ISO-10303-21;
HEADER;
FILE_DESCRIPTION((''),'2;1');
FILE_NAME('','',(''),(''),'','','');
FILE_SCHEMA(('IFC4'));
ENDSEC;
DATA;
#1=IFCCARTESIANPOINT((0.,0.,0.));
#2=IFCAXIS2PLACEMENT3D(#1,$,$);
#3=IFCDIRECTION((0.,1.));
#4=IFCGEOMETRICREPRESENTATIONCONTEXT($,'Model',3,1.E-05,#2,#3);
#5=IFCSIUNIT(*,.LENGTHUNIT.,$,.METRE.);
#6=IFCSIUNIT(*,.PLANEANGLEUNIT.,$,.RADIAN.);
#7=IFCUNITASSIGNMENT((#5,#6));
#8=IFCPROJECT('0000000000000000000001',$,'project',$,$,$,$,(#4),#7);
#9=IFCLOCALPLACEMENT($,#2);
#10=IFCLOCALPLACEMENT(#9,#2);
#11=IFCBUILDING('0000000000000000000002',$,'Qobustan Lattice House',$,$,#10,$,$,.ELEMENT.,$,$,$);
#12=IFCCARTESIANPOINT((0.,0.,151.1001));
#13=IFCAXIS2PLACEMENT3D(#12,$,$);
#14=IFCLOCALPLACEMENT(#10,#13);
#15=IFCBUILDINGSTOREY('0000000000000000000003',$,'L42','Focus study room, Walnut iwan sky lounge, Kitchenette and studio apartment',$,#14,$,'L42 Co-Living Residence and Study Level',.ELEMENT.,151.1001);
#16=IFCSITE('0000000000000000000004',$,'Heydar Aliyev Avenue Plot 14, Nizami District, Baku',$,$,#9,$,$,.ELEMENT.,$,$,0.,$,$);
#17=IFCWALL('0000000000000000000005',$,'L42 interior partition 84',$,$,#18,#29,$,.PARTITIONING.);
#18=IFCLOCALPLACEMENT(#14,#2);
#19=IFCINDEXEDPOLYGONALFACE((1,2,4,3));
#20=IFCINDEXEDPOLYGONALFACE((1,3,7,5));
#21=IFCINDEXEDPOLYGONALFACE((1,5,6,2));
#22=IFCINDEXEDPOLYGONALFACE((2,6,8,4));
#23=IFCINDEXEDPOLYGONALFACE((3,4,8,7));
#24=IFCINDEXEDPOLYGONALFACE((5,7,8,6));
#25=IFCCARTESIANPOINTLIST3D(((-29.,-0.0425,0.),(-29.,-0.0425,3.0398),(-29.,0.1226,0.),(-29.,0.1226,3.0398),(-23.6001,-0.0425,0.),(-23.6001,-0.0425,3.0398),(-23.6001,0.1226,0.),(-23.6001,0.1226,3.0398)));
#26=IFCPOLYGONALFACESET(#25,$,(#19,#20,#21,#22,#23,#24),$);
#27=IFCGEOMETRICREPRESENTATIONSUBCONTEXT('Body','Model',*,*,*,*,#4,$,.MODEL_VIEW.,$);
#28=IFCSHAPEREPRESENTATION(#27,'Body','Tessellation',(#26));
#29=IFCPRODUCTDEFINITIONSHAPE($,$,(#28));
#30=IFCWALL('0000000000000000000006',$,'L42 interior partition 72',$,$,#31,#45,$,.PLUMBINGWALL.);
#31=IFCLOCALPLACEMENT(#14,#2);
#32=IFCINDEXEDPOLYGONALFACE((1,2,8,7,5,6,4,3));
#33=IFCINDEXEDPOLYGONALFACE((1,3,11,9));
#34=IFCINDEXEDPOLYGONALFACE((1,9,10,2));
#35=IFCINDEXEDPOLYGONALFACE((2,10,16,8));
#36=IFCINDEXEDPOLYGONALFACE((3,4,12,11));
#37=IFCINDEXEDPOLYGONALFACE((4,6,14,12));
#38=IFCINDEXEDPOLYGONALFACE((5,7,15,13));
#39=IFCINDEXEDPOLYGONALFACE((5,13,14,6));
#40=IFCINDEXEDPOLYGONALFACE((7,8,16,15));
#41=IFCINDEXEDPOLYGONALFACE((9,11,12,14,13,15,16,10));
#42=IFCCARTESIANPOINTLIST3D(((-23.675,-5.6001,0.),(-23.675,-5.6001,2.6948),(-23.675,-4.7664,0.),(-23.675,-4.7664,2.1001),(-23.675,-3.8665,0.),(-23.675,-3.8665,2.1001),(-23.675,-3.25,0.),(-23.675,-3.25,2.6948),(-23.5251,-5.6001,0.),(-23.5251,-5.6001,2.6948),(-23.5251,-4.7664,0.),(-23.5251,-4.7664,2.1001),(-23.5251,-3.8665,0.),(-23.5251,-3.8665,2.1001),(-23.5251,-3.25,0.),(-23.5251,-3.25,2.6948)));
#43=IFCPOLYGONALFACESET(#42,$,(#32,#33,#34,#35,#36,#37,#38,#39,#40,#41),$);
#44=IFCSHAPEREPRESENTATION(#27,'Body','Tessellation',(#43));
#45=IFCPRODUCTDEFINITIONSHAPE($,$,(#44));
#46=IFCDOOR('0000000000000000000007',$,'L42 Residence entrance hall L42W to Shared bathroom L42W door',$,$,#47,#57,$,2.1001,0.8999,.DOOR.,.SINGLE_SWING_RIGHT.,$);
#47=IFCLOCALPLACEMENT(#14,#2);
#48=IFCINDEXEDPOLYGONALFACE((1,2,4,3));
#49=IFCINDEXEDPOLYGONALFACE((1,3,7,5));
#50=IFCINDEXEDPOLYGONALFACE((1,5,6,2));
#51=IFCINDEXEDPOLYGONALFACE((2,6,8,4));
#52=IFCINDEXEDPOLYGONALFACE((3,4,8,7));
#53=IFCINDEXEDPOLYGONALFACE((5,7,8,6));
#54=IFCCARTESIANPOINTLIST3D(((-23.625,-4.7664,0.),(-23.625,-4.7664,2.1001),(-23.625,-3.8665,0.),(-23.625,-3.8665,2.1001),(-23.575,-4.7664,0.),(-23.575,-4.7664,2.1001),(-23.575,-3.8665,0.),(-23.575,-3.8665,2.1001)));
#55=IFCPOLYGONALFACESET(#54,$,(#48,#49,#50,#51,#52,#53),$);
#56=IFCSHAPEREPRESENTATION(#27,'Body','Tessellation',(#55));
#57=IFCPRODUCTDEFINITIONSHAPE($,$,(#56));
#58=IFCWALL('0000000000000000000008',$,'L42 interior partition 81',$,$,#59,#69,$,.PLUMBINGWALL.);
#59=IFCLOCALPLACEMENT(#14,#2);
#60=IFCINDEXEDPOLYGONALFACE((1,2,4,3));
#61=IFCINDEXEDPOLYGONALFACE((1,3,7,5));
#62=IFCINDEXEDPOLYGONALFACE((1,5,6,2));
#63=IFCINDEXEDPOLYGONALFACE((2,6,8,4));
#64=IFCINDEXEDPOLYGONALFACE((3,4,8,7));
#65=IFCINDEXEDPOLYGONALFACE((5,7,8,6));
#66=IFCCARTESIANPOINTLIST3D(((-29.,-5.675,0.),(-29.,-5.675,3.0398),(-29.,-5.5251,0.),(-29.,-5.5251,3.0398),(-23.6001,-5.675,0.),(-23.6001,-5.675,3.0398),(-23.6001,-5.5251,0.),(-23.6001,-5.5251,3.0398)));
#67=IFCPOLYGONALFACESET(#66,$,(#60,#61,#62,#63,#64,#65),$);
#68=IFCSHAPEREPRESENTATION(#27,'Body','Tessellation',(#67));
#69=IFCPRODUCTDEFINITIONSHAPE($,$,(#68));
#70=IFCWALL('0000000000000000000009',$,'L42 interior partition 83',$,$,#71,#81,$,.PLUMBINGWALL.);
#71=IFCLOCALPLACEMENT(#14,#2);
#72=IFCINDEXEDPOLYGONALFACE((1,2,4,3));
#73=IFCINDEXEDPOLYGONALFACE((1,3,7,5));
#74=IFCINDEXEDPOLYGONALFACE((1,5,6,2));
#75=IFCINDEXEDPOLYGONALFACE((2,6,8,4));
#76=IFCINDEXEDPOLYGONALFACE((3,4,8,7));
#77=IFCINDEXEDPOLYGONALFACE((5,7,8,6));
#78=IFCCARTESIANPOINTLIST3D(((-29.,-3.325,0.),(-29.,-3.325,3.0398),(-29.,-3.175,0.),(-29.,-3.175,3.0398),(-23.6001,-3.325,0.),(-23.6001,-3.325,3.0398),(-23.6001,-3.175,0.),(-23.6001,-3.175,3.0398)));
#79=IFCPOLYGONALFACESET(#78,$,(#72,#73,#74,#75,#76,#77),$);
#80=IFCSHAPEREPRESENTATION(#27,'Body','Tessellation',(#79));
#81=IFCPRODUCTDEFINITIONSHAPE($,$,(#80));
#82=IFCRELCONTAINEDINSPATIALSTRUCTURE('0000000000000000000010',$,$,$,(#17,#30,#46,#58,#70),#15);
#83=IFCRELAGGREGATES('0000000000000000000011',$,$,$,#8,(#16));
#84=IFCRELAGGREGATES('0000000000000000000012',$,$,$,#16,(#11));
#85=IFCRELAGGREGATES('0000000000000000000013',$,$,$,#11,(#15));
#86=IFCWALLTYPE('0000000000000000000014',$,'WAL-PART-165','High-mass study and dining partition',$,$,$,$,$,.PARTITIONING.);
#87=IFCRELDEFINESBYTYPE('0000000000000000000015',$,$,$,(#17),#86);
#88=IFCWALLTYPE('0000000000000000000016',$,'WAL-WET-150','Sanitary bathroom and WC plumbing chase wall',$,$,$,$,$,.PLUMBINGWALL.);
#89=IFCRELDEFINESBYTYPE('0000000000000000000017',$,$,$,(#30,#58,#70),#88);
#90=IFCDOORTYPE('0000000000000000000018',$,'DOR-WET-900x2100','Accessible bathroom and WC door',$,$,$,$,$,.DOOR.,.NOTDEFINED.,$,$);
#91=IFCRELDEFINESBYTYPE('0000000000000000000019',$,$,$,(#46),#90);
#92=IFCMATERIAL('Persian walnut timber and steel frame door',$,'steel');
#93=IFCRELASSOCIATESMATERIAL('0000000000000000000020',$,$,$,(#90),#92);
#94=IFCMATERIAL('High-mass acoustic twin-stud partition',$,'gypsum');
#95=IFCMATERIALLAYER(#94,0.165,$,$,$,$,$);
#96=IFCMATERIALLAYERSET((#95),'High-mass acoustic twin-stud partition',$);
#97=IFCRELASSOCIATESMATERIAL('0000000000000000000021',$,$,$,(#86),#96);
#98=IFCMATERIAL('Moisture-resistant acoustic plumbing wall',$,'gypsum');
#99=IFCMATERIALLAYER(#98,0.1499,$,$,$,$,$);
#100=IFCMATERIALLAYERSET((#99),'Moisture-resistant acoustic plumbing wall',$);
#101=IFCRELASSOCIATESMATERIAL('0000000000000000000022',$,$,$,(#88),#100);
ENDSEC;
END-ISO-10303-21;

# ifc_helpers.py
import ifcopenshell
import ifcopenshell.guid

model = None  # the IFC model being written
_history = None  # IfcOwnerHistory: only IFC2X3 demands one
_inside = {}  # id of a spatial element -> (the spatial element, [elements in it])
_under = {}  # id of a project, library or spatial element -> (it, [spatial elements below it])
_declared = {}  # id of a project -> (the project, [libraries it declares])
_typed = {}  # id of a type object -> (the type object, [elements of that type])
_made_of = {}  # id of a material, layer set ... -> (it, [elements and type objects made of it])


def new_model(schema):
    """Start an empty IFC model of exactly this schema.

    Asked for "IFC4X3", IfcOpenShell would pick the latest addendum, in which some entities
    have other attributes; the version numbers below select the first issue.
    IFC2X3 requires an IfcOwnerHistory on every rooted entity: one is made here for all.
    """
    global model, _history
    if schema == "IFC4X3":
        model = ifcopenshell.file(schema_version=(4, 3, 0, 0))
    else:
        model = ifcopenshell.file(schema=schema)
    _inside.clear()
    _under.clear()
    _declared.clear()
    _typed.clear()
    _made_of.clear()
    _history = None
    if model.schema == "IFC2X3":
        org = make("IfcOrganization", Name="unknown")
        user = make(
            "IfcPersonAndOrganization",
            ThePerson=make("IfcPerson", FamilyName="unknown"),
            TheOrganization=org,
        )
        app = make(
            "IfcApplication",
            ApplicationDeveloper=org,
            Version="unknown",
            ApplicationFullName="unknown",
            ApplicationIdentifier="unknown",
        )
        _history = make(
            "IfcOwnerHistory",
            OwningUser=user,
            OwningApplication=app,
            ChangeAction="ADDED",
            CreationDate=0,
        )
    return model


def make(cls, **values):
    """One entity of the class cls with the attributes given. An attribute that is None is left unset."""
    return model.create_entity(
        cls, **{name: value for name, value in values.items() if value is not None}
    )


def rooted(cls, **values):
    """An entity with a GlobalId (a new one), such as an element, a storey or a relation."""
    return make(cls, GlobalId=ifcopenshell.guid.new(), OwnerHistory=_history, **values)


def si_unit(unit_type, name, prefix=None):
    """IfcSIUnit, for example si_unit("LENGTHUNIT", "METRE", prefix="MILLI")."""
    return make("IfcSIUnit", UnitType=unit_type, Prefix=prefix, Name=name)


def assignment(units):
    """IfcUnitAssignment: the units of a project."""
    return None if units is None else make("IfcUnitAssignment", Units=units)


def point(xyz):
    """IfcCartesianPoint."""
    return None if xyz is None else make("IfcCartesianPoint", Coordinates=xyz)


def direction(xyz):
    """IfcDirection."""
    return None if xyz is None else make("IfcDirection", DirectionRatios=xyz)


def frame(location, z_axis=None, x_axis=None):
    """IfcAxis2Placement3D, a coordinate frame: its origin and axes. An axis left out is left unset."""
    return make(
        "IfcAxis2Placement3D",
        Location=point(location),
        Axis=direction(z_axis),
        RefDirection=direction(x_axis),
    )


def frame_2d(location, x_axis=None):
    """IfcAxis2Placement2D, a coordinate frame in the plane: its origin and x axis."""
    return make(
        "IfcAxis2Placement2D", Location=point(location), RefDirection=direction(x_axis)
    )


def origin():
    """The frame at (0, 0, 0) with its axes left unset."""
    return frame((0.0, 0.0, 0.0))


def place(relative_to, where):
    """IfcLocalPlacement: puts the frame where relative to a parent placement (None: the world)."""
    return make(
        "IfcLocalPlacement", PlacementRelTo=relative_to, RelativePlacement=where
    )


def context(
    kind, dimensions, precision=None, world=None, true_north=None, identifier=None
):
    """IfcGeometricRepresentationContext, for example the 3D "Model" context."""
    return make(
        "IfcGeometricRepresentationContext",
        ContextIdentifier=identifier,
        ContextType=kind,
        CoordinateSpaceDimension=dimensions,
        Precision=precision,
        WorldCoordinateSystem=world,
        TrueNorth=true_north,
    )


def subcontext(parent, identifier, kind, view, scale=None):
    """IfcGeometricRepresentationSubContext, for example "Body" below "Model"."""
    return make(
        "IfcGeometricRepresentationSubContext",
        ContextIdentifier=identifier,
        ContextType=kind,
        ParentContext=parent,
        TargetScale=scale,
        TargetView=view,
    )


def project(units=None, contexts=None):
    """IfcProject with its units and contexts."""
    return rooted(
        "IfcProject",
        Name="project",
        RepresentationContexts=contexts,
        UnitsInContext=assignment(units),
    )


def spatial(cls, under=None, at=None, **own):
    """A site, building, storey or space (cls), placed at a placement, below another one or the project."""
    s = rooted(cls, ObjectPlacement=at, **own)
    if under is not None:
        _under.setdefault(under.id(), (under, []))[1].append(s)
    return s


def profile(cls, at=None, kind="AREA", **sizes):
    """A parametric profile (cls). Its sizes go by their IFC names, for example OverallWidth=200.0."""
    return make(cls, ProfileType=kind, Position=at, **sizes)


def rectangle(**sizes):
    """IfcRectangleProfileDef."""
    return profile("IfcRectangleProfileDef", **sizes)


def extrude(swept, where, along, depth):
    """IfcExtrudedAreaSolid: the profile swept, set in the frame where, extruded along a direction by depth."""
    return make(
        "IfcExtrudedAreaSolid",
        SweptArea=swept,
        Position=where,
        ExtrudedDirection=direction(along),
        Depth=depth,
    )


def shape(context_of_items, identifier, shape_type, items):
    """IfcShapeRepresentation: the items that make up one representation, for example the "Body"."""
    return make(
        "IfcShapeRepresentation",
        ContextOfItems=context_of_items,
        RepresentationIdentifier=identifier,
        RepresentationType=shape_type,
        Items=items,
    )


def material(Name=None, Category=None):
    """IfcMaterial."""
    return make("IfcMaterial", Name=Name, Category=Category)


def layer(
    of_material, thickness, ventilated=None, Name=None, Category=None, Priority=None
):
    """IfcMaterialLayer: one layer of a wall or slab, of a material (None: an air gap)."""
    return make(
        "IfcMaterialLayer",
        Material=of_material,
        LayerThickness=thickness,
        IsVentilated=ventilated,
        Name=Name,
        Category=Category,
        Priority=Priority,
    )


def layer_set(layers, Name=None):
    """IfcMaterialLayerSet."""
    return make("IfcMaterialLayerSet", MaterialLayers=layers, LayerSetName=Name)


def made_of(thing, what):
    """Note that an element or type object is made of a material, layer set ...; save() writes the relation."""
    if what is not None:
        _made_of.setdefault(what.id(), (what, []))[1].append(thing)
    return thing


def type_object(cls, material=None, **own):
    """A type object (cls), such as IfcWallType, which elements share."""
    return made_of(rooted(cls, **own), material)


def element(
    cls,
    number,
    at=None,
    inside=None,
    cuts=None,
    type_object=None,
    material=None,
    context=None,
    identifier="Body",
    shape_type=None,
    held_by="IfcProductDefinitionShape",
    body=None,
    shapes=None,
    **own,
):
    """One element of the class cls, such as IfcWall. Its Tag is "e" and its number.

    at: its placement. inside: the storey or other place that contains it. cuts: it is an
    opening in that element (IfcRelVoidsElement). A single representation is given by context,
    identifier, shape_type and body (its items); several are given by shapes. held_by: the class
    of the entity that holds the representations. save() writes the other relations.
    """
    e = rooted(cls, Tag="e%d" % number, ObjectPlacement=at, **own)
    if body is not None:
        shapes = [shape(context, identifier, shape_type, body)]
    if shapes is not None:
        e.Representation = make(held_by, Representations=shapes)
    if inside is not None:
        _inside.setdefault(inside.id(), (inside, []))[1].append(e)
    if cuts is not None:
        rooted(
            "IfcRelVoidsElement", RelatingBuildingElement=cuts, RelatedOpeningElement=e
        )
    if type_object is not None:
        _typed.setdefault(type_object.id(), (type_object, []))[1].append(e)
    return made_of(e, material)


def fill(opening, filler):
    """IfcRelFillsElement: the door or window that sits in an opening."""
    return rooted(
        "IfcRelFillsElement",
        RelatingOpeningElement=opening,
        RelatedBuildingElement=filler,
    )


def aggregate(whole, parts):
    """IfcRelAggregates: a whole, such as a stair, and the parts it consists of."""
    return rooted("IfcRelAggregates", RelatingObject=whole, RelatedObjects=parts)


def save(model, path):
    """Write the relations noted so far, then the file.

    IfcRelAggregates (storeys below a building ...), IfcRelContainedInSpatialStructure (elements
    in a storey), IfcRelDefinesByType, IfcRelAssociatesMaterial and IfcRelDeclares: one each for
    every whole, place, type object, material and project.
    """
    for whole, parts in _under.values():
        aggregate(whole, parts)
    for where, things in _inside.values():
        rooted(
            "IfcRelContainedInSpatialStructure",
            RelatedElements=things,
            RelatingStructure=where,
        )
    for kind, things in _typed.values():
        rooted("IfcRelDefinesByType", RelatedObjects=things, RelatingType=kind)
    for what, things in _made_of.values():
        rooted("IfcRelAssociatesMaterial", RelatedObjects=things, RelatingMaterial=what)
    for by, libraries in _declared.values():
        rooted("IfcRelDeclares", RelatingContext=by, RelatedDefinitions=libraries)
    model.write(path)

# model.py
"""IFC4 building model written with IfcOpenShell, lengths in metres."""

from ifc_helpers import new_model, si_unit, direction, frame, frame_2d, origin, place, context, subcontext, project, spatial, rectangle, extrude, material, layer, layer_set, type_object, element, fill, save


model = new_model("IFC4")

# Units and contexts
model_context = context("Model", 3, precision=1e-05, world=origin(), true_north=direction((0.0, 1.0)))
body_context = subcontext(model_context, "Body", "Model", "MODEL_VIEW")
ifc_project = project(units=[si_unit("LENGTHUNIT", "METRE"), si_unit("PLANEANGLEUNIT", "RADIAN")], contexts=[model_context])

# Site, building, storey
site_placement = place(None, origin())
site = spatial("IfcSite", under=ifc_project, at=site_placement, Name="Heydar Aliyev Avenue Plot 14, Nizami District, Baku", CompositionType="ELEMENT", RefElevation=0.0)
building_placement = place(site_placement, origin())
building = spatial("IfcBuilding", under=site, at=building_placement, Name="Qobustan Lattice House", CompositionType="ELEMENT")
storey_placement = place(building_placement, frame((0.0, 0.0, 151.1001)))
storey = spatial("IfcBuildingStorey", under=building, at=storey_placement, Name="L42", Description="Focus study room, Walnut iwan sky lounge, Kitchenette and studio apartment", LongName="L42 Co-Living Residence and Study Level", CompositionType="ELEMENT", Elevation=151.1001)

# Shared definitions
ifc_material_1 = material(Name="Persian walnut timber and steel frame door", Category="steel")
door_type_1 = type_object("IfcDoorType", Name="DOR-WET-900x2100", Description="Accessible bathroom and WC door", OperationType="NOTDEFINED", PredefinedType="DOOR", material=ifc_material_1)

# Shared definitions
ifc_material_2 = material(Name="High-mass acoustic twin-stud partition", Category="gypsum")
ifc_layer_1 = layer(ifc_material_2, 0.165)
ifc_layer_set_1 = layer_set([ifc_layer_1], Name="High-mass acoustic twin-stud partition")
wall_type_1 = type_object("IfcWallType", Name="WAL-PART-165", Description="High-mass study and dining partition", PredefinedType="PARTITIONING", material=ifc_layer_set_1)

# Wall
wall_1_placement = place(storey_placement, frame((-29.0, 0.04, 0.0), z_axis=(0.0, 0.0, 1.0), x_axis=(1.0, 0.0, 0.0)))
element("IfcWall", 1, at=wall_1_placement, inside=storey, type_object=wall_type_1, Name="L42 interior partition 84", PredefinedType="PARTITIONING", context=body_context, shape_type="SweptSolid", body=[
    extrude(rectangle(XDim=5.3999, YDim=0.165, at=frame_2d((2.7, 0.0))), origin(), (0.0, 0.0, 1.0), 3.0398),
])

# Wall, opening, door
ifc_material_3 = material(Name="Moisture-resistant acoustic plumbing wall", Category="gypsum")
ifc_layer_2 = layer(ifc_material_3, 0.1499)
ifc_layer_set_2 = layer_set([ifc_layer_2], Name="Moisture-resistant acoustic plumbing wall")
wall_type_2 = type_object("IfcWallType", Name="WAL-WET-150", Description="Sanitary bathroom and WC plumbing chase wall", PredefinedType="PLUMBINGWALL", material=ifc_layer_set_2)
wall_2_placement = place(storey_placement, frame((-23.6001, -5.6001, 0.0), z_axis=(0.0, 0.0, 1.0), x_axis=(0.0, 1.0, 0.0)))
wall_2 = element("IfcWall", 2, at=wall_2_placement, inside=storey, type_object=wall_type_2, Name="L42 interior partition 72", PredefinedType="PLUMBINGWALL", context=body_context, shape_type="SweptSolid", body=[
    extrude(rectangle(XDim=2.3501, YDim=0.1499, at=frame_2d((1.175, 0.0))), origin(), (0.0, 0.0, 1.0), 2.6948),
])
opening_1_placement = place(wall_2_placement, frame((0.8337, 0.0, 0.0)))
opening_1 = element("IfcOpeningElement", 3, at=opening_1_placement, cuts=wall_2, PredefinedType="OPENING", context=body_context, shape_type="SweptSolid", body=[
    extrude(rectangle(XDim=0.8999, YDim=2.1001, at=frame_2d((0.45, 1.05))), frame((0.0, 0.085, 0.0), z_axis=(0.0, -1.0, 0.0), x_axis=(1.0, 0.0, 0.0)), (0.0, 0.0, 1.0), 0.1699),
])
door_1_placement = place(opening_1_placement, origin())
door_1 = element("IfcDoor", 4, at=door_1_placement, inside=storey, type_object=door_type_1, Name="L42 Residence entrance hall L42W to Shared bathroom L42W door", OperationType="SINGLE_SWING_RIGHT", OverallHeight=2.1001, OverallWidth=0.8999, PredefinedType="DOOR", context=body_context, shape_type="SweptSolid", body=[
    extrude(rectangle(XDim=0.8999, YDim=2.1001, at=frame_2d((0.45, 1.05))), frame((0.0, 0.0249, 0.0), z_axis=(0.0, -1.0, 0.0), x_axis=(1.0, 0.0, 0.0)), (0.0, 0.0, 1.0), 0.05),
])
fill(opening_1, door_1)

# Walls
for number, where, z_axis, x_axis, name in (
    (5, (-29.0, -5.6001, 0.0), (0.0, 0.0, 1.0), (1.0, 0.0, 0.0), "L42 interior partition 81"),
    (6, (-29.0, -3.25, 0.0), (0.0, 0.0, 1.0), (1.0, 0.0, 0.0), "L42 interior partition 83"),
):
    element("IfcWall", number, at=place(storey_placement, frame(where, z_axis=z_axis, x_axis=x_axis)), inside=storey, type_object=wall_type_2, Name=name, PredefinedType="PLUMBINGWALL", context=body_context, shape_type="SweptSolid", body=[
        extrude(rectangle(XDim=5.3999, YDim=0.1499, at=frame_2d((2.7, 0.0))), origin(), (0.0, 0.0, 1.0), 3.0398),
    ])

save(model, "model.ifc")
